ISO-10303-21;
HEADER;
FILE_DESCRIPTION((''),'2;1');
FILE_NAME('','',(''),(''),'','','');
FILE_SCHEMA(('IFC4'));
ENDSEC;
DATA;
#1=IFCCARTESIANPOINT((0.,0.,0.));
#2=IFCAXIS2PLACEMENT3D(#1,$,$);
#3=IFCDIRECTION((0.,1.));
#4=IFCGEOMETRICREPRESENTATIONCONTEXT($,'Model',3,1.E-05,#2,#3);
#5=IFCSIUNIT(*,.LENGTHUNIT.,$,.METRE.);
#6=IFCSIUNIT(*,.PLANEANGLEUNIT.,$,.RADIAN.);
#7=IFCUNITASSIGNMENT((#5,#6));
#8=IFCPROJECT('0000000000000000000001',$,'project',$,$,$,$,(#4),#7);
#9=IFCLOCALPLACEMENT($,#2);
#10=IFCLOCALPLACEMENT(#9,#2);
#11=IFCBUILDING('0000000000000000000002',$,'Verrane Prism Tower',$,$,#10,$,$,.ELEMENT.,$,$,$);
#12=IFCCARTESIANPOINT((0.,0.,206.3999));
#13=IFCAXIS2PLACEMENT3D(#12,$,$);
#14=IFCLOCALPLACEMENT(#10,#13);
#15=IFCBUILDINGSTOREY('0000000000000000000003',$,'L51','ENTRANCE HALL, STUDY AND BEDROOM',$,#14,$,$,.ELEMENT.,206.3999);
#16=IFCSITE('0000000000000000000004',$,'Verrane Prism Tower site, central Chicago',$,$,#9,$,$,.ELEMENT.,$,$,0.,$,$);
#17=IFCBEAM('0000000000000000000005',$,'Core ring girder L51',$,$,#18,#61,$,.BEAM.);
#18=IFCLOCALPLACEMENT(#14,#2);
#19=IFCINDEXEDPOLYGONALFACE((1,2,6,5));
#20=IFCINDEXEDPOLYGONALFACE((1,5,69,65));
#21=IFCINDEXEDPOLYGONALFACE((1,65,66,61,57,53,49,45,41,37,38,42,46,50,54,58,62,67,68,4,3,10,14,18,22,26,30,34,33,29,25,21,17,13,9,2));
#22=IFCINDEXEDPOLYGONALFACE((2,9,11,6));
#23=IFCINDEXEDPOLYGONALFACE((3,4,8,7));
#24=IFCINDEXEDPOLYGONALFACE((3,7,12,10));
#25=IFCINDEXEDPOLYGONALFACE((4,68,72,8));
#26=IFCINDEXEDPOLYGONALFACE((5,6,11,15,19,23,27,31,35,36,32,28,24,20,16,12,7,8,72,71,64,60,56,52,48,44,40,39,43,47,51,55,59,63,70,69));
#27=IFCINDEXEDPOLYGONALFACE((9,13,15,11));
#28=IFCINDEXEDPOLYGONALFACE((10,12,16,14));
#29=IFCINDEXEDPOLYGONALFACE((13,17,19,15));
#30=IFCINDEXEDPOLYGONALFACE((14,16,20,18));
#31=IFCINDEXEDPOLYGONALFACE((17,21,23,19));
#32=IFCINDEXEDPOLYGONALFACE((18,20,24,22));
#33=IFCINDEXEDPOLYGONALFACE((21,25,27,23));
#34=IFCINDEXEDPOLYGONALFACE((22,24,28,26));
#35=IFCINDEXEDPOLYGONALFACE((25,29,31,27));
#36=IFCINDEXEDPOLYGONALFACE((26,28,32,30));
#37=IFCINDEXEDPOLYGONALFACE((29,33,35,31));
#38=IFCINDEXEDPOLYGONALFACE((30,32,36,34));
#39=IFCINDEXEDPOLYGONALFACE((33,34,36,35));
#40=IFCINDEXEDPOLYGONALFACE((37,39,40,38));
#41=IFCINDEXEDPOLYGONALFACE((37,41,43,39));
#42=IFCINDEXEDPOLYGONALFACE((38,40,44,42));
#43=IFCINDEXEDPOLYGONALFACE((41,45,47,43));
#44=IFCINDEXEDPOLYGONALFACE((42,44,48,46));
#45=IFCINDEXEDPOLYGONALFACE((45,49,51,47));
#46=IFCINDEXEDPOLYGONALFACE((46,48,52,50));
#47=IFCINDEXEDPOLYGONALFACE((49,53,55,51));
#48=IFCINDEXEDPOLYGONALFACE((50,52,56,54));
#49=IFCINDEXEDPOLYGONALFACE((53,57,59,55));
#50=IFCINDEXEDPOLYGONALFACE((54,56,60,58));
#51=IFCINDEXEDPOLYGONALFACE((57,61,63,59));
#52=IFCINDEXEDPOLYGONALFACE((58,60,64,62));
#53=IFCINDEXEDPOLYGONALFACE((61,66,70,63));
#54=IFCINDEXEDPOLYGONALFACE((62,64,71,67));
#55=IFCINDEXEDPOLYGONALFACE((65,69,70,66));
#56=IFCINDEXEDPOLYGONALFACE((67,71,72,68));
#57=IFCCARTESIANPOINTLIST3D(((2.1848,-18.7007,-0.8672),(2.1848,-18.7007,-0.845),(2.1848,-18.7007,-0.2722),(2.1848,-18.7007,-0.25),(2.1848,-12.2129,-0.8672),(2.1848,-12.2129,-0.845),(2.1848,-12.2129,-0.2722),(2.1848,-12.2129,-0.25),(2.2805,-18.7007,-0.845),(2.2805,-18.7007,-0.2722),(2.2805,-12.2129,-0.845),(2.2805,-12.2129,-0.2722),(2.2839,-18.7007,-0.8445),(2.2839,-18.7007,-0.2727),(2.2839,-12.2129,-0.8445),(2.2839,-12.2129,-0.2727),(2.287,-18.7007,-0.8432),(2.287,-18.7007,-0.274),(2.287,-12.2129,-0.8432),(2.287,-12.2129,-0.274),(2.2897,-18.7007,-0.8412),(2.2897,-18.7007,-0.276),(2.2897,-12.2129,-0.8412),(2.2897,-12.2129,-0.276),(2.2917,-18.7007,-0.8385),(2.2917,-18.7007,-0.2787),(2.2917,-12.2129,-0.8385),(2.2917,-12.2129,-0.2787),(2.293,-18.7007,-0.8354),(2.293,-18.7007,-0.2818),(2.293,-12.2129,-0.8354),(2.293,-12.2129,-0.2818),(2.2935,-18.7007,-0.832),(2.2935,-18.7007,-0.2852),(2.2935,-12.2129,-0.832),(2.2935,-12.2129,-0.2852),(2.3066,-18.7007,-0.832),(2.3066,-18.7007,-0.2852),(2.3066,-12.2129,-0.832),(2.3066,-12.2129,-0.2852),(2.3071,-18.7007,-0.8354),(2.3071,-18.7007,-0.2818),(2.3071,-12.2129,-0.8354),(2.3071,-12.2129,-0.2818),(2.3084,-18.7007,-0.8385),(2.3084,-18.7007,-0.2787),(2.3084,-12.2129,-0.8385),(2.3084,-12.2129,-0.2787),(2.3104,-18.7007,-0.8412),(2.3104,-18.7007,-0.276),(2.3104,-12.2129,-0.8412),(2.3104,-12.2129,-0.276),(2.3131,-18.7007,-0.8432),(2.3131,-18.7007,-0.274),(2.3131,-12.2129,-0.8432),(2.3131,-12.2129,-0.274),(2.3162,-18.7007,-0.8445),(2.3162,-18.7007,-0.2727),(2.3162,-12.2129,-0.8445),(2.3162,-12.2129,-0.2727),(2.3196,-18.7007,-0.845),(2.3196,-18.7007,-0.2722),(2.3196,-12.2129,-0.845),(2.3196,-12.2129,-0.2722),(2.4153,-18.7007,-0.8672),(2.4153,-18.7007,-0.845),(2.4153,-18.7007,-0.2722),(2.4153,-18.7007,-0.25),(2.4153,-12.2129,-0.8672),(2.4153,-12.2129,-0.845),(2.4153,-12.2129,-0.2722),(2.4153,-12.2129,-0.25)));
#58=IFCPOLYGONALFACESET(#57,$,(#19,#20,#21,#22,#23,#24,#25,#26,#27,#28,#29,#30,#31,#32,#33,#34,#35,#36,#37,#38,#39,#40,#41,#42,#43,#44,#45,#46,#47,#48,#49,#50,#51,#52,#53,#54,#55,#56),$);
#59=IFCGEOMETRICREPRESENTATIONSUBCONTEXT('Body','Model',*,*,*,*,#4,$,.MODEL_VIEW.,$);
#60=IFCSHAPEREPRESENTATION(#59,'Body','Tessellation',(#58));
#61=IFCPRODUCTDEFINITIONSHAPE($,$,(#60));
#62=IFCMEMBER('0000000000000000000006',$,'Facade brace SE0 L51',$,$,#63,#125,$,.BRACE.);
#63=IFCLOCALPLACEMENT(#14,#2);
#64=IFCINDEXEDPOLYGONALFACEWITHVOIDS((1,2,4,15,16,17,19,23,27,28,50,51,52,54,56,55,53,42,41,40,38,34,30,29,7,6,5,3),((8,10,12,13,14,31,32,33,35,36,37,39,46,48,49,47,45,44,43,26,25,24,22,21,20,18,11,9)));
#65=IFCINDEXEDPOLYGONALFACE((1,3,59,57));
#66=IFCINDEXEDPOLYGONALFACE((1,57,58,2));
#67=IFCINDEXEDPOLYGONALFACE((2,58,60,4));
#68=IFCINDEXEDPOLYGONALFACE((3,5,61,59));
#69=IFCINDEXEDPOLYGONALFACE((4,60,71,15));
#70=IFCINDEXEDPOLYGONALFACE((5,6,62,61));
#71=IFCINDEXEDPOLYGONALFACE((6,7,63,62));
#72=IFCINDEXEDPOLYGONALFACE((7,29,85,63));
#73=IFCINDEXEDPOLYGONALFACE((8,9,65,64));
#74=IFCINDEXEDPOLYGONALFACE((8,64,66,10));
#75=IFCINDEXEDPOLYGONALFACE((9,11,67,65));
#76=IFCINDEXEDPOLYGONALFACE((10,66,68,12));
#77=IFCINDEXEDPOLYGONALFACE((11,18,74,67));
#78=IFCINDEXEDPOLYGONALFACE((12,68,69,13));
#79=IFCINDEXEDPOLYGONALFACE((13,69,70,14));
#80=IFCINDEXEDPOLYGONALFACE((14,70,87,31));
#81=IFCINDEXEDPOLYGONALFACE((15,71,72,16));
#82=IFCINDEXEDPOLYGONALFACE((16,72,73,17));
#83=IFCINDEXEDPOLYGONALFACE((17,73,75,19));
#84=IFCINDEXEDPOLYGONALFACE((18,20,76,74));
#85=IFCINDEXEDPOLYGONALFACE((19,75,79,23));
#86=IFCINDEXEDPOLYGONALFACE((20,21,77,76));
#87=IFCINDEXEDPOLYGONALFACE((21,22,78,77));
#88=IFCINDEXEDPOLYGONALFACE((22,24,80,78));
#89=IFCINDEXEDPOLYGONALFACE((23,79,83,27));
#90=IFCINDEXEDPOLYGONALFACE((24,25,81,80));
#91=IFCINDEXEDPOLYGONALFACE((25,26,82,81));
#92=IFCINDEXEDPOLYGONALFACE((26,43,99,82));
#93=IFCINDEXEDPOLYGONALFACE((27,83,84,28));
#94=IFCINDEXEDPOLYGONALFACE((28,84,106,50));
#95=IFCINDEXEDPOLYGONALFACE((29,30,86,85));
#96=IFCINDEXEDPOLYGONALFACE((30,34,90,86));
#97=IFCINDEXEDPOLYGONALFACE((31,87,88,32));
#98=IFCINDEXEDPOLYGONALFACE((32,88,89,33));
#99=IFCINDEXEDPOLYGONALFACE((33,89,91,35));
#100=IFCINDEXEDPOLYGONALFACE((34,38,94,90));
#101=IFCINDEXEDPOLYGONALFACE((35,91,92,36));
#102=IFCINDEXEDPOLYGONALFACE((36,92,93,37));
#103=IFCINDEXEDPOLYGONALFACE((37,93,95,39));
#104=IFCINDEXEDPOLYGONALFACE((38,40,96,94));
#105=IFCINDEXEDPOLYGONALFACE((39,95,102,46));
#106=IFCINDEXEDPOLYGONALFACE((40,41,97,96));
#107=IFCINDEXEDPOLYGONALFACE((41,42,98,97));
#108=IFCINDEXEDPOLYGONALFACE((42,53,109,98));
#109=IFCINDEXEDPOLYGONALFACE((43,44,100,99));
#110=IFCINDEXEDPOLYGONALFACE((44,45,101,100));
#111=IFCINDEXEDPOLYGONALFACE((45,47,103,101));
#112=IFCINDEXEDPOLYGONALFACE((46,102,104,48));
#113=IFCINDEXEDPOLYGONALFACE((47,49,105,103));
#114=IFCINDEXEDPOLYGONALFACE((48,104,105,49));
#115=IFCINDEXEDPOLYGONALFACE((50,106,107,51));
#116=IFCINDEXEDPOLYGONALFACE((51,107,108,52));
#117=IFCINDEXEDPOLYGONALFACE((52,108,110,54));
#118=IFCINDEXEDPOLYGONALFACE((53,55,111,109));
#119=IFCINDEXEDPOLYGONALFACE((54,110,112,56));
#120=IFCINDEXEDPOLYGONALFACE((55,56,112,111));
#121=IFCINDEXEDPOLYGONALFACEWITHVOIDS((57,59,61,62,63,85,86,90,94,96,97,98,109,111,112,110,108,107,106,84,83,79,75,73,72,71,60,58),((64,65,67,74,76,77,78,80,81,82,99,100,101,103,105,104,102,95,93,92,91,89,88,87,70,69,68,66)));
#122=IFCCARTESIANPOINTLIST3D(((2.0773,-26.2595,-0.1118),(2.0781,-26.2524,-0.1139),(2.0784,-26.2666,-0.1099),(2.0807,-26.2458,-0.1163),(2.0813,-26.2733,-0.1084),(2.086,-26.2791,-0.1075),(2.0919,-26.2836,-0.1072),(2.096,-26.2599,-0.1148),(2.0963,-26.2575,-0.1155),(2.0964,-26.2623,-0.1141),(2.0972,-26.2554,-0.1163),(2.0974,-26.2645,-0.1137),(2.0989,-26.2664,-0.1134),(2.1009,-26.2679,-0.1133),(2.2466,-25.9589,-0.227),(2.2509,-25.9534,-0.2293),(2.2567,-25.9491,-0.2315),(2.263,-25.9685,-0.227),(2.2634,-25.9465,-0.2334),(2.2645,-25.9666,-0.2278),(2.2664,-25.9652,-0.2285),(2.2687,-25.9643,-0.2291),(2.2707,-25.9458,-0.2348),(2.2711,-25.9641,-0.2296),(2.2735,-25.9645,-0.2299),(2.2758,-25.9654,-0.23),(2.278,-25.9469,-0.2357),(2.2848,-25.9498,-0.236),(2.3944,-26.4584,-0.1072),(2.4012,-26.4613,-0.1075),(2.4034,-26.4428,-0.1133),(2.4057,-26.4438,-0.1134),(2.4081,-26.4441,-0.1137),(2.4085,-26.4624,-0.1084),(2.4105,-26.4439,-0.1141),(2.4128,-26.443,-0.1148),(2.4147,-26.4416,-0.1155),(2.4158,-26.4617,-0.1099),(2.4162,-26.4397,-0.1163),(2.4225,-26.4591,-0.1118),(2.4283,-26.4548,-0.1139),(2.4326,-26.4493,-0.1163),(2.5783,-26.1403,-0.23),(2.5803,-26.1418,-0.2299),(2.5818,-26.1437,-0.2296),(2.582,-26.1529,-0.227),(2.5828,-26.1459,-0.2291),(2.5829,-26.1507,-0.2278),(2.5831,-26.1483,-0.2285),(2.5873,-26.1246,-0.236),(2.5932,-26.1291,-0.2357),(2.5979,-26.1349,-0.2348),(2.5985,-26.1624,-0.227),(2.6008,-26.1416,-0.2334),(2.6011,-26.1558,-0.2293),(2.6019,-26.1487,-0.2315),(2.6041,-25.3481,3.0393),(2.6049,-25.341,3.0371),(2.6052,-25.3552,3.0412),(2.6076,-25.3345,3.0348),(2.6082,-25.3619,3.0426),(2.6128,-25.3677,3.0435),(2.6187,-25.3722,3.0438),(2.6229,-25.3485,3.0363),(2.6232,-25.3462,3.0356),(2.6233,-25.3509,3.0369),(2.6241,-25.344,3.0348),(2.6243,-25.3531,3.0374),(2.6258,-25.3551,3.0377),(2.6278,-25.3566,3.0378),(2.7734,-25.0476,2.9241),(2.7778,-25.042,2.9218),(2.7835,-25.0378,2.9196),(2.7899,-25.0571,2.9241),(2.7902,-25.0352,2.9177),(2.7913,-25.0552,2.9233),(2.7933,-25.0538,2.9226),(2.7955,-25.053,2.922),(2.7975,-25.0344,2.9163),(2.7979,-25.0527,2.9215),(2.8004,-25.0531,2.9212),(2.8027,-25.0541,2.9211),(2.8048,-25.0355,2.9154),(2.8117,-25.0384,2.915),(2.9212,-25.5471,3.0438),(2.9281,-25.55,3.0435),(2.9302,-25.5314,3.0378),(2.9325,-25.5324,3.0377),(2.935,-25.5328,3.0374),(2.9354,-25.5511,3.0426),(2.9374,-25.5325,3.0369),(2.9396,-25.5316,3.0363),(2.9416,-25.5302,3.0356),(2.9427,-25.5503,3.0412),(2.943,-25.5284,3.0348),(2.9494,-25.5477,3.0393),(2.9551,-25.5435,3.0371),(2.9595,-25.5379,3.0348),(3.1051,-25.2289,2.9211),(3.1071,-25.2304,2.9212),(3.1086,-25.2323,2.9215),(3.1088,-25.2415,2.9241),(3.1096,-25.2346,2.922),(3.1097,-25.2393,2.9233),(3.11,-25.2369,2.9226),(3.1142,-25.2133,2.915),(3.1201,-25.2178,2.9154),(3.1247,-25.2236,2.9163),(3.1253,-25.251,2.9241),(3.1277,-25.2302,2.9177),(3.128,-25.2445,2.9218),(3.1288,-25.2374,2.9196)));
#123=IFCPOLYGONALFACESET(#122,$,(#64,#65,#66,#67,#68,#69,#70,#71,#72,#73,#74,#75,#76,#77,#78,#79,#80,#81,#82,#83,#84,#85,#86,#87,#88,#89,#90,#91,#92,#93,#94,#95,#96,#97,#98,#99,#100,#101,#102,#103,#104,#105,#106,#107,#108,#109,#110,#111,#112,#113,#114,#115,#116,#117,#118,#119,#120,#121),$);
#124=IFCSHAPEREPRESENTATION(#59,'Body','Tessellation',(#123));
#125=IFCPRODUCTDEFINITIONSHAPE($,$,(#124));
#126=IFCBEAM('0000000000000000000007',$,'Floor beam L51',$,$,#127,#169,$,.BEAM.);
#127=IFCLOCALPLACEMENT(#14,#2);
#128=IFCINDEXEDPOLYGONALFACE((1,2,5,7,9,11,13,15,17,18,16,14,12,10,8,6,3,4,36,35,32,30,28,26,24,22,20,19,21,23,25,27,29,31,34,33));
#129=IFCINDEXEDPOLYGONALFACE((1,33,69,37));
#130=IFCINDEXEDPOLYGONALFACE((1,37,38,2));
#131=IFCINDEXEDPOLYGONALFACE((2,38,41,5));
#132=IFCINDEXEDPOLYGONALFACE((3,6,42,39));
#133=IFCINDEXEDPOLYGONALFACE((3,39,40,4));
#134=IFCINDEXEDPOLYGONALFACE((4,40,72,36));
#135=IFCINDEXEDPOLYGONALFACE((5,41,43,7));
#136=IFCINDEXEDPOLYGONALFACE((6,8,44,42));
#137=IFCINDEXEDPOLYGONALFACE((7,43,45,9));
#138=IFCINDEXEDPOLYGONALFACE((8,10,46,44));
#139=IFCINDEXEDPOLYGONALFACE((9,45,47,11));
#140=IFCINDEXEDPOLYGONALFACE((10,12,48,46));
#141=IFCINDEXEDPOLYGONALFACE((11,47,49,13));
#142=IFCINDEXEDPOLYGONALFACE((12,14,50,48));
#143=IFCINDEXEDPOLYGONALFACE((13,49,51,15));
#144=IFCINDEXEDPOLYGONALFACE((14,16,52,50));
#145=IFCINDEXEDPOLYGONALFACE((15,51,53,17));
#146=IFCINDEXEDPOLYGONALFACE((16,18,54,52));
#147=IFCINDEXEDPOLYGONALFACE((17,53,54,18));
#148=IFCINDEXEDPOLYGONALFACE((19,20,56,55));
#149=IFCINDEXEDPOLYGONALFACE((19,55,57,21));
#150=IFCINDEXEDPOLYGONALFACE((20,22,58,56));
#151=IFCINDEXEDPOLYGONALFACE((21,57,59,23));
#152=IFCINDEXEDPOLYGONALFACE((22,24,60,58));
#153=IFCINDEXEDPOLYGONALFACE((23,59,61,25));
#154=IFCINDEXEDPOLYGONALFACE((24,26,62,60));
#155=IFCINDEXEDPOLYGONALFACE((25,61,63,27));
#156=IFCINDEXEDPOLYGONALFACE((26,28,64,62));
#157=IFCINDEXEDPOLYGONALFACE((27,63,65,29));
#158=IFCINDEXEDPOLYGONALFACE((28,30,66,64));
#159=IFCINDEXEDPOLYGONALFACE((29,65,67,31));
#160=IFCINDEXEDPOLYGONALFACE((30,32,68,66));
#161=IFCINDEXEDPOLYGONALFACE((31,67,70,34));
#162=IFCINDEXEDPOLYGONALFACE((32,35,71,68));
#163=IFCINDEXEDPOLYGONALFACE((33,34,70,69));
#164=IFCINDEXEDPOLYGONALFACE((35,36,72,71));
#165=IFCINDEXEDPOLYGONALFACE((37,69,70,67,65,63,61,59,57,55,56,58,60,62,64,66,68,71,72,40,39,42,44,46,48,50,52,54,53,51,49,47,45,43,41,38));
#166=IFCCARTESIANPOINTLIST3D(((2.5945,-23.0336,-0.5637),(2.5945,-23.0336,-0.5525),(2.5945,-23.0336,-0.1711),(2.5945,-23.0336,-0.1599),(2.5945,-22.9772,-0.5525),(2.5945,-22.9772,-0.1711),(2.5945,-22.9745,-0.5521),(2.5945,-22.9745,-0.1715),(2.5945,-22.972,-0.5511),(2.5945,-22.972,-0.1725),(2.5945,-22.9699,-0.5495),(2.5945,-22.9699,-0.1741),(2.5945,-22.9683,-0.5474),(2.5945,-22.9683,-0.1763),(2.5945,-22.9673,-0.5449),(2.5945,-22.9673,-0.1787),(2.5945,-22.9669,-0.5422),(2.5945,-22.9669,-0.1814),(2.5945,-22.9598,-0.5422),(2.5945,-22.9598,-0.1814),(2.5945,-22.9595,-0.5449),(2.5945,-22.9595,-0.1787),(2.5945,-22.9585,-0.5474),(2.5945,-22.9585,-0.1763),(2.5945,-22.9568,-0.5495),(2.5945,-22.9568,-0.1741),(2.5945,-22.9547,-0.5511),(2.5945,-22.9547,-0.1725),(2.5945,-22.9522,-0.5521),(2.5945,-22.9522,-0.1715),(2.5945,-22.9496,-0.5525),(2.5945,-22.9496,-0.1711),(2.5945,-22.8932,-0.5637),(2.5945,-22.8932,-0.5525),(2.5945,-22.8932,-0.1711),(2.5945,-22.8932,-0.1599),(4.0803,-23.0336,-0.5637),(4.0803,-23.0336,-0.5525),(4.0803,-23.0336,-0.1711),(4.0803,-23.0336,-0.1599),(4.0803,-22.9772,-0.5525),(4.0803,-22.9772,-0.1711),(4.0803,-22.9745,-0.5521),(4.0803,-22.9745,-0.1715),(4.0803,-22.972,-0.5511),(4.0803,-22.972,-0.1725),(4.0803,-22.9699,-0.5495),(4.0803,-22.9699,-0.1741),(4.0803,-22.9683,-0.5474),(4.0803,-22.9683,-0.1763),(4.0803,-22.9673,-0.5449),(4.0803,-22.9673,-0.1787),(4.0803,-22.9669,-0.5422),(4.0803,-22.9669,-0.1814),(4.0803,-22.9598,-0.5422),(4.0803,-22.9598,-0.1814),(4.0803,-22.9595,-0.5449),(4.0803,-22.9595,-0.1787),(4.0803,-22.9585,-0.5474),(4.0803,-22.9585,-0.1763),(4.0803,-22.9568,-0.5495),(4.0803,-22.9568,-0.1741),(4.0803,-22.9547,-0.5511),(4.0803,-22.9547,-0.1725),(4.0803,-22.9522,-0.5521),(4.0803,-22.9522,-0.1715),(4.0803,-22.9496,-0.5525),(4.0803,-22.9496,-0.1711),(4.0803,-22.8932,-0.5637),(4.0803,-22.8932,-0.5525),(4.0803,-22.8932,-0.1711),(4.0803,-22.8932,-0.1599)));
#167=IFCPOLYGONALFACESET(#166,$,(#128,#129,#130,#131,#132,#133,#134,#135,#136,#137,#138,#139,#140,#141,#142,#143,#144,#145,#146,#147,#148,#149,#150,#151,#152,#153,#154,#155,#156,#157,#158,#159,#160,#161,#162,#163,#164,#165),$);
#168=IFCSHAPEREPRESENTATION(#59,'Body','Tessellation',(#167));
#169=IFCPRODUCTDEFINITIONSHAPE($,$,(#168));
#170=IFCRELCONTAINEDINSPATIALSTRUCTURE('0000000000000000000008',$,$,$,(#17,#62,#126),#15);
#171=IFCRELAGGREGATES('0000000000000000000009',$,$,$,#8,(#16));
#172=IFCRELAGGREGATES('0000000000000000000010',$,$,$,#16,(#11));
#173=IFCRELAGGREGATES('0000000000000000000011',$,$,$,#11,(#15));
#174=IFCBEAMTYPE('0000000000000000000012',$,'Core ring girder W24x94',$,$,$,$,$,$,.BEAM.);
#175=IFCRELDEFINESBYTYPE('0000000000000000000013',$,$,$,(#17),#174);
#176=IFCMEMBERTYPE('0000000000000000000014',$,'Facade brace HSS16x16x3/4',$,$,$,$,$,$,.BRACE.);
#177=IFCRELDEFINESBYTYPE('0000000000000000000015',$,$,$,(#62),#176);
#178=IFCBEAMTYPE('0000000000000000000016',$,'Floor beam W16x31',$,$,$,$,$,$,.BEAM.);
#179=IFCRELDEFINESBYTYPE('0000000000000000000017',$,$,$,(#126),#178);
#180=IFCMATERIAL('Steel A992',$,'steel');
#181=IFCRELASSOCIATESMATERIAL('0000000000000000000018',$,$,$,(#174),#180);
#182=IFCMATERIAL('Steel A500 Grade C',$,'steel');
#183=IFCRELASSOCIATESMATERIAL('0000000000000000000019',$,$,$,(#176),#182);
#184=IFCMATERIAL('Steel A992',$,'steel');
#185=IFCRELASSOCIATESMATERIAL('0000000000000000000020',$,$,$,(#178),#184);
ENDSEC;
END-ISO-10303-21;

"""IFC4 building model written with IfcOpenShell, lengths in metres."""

from ifc_helpers import new_model, si_unit, direction, frame, origin, origin_2d, place, context, subcontext, project, spatial, hollow_rectangle, i_section, extrude, material, material_profile, profile_set, type_object, element, save


model = new_model("IFC4")

# Units and contexts
model_context = context("Model", 3, precision=1e-05, world=origin(), true_north=direction((0.0, 1.0)))
body_context = subcontext(model_context, "Body", "Model", "MODEL_VIEW")
ifc_project = project(units=[si_unit("LENGTHUNIT", "METRE"), si_unit("PLANEANGLEUNIT", "RADIAN")], contexts=[model_context])

# Site, building, storey
site_placement = place(None, origin())
site = spatial("IfcSite", under=ifc_project, at=site_placement, Name="Verrane Prism Tower site, central Chicago", CompositionType="ELEMENT", RefElevation=0.0)
building_placement = place(site_placement, origin())
building = spatial("IfcBuilding", under=site, at=building_placement, Name="Verrane Prism Tower", CompositionType="ELEMENT")
storey_placement = place(building_placement, frame((0.0, 0.0, 206.3999)))
storey = spatial("IfcBuildingStorey", under=building, at=storey_placement, Name="L51", Description="ENTRANCE HALL, STUDY AND BEDROOM", CompositionType="ELEMENT", Elevation=206.3999)

# Beam
ifc_material_1 = material(Name="Steel A992", Category="steel")
ifc_material_profile_1 = material_profile(ifc_material_1, i_section(OverallWidth=0.2305, OverallDepth=0.6172, WebThickness=0.0132, FlangeThickness=0.0222, FilletRadius=0.0129, at=origin_2d()), Name="W24x94")
ifc_profile_set_1 = profile_set([ifc_material_profile_1], Name="Steel A992")
beam_type_1 = type_object("IfcBeamType", Name="Core ring girder W24x94", PredefinedType="BEAM", material=ifc_profile_set_1)
beam_1_placement = place(storey_placement, frame((2.3, -18.7007, -0.5586), z_axis=(0.0, 1.0, 0.0), x_axis=(-1.0, 0.0, 0.0)))
element("IfcBeam", 1, at=beam_1_placement, inside=storey, type_object=beam_type_1, Name="Core ring girder L51", PredefinedType="BEAM", context=body_context, shape_type="SweptSolid", body=[
    extrude(i_section(OverallWidth=0.2305, OverallDepth=0.6172, WebThickness=0.0132, FlangeThickness=0.0222, FilletRadius=0.0129, at=origin_2d()), origin(), (0.0, 0.0, 1.0), 6.4878),
])

# Member
ifc_material_2 = material(Name="Steel A500 Grade C", Category="steel")
ifc_material_profile_2 = material_profile(ifc_material_2, hollow_rectangle(XDim=0.4065, YDim=0.4065, WallThickness=0.019, InnerFilletRadius=0.0095, OuterFilletRadius=0.0286, at=origin_2d()), Name="HSS16x16x3/4")
ifc_profile_set_2 = profile_set([ifc_material_profile_2], Name="Steel A500 Grade C")
member_type_1 = type_object("IfcMemberType", Name="Facade brace HSS16x16x3/4", PredefinedType="BRACE", material=ifc_profile_set_2)
member_1_placement = place(storey_placement, frame((2.3396, -26.2041, -0.1716), z_axis=(0.158581, 0.27432, 0.948473), x_axis=(-0.865749, 0.500479, 0.0)))
element("IfcMember", 2, at=member_1_placement, inside=storey, type_object=member_type_1, Name="Facade brace SE0 L51", PredefinedType="BRACE", context=body_context, shape_type="SweptSolid", body=[
    extrude(hollow_rectangle(XDim=0.4065, YDim=0.4065, WallThickness=0.019, InnerFilletRadius=0.0095, OuterFilletRadius=0.0286, at=origin_2d()), origin(), (0.0, 0.0, 1.0), 3.3223),
])

# Beam
ifc_material_3 = material(Name="Steel A992", Category="steel")
ifc_material_profile_3 = material_profile(ifc_material_3, i_section(OverallWidth=0.1404, OverallDepth=0.4038, WebThickness=0.0071, FlangeThickness=0.0112, FilletRadius=0.0103, at=origin_2d()), Name="W16x31")
ifc_profile_set_3 = profile_set([ifc_material_profile_3], Name="Steel A992")
beam_type_2 = type_object("IfcBeamType", Name="Floor beam W16x31", PredefinedType="BEAM", material=ifc_profile_set_3)
beam_2_placement = place(storey_placement, frame((2.5945, -22.9634, -0.3618), z_axis=(1.0, 0.0, 0.0), x_axis=(0.0, 1.0, 0.0)))
element("IfcBeam", 3, at=beam_2_placement, inside=storey, type_object=beam_type_2, Name="Floor beam L51", PredefinedType="BEAM", context=body_context, shape_type="SweptSolid", body=[
    extrude(i_section(OverallWidth=0.1404, OverallDepth=0.4038, WebThickness=0.0071, FlangeThickness=0.0112, FilletRadius=0.0103, at=origin_2d()), origin(), (0.0, 0.0, 1.0), 1.4858),
])

save(model, "model.ifc")
